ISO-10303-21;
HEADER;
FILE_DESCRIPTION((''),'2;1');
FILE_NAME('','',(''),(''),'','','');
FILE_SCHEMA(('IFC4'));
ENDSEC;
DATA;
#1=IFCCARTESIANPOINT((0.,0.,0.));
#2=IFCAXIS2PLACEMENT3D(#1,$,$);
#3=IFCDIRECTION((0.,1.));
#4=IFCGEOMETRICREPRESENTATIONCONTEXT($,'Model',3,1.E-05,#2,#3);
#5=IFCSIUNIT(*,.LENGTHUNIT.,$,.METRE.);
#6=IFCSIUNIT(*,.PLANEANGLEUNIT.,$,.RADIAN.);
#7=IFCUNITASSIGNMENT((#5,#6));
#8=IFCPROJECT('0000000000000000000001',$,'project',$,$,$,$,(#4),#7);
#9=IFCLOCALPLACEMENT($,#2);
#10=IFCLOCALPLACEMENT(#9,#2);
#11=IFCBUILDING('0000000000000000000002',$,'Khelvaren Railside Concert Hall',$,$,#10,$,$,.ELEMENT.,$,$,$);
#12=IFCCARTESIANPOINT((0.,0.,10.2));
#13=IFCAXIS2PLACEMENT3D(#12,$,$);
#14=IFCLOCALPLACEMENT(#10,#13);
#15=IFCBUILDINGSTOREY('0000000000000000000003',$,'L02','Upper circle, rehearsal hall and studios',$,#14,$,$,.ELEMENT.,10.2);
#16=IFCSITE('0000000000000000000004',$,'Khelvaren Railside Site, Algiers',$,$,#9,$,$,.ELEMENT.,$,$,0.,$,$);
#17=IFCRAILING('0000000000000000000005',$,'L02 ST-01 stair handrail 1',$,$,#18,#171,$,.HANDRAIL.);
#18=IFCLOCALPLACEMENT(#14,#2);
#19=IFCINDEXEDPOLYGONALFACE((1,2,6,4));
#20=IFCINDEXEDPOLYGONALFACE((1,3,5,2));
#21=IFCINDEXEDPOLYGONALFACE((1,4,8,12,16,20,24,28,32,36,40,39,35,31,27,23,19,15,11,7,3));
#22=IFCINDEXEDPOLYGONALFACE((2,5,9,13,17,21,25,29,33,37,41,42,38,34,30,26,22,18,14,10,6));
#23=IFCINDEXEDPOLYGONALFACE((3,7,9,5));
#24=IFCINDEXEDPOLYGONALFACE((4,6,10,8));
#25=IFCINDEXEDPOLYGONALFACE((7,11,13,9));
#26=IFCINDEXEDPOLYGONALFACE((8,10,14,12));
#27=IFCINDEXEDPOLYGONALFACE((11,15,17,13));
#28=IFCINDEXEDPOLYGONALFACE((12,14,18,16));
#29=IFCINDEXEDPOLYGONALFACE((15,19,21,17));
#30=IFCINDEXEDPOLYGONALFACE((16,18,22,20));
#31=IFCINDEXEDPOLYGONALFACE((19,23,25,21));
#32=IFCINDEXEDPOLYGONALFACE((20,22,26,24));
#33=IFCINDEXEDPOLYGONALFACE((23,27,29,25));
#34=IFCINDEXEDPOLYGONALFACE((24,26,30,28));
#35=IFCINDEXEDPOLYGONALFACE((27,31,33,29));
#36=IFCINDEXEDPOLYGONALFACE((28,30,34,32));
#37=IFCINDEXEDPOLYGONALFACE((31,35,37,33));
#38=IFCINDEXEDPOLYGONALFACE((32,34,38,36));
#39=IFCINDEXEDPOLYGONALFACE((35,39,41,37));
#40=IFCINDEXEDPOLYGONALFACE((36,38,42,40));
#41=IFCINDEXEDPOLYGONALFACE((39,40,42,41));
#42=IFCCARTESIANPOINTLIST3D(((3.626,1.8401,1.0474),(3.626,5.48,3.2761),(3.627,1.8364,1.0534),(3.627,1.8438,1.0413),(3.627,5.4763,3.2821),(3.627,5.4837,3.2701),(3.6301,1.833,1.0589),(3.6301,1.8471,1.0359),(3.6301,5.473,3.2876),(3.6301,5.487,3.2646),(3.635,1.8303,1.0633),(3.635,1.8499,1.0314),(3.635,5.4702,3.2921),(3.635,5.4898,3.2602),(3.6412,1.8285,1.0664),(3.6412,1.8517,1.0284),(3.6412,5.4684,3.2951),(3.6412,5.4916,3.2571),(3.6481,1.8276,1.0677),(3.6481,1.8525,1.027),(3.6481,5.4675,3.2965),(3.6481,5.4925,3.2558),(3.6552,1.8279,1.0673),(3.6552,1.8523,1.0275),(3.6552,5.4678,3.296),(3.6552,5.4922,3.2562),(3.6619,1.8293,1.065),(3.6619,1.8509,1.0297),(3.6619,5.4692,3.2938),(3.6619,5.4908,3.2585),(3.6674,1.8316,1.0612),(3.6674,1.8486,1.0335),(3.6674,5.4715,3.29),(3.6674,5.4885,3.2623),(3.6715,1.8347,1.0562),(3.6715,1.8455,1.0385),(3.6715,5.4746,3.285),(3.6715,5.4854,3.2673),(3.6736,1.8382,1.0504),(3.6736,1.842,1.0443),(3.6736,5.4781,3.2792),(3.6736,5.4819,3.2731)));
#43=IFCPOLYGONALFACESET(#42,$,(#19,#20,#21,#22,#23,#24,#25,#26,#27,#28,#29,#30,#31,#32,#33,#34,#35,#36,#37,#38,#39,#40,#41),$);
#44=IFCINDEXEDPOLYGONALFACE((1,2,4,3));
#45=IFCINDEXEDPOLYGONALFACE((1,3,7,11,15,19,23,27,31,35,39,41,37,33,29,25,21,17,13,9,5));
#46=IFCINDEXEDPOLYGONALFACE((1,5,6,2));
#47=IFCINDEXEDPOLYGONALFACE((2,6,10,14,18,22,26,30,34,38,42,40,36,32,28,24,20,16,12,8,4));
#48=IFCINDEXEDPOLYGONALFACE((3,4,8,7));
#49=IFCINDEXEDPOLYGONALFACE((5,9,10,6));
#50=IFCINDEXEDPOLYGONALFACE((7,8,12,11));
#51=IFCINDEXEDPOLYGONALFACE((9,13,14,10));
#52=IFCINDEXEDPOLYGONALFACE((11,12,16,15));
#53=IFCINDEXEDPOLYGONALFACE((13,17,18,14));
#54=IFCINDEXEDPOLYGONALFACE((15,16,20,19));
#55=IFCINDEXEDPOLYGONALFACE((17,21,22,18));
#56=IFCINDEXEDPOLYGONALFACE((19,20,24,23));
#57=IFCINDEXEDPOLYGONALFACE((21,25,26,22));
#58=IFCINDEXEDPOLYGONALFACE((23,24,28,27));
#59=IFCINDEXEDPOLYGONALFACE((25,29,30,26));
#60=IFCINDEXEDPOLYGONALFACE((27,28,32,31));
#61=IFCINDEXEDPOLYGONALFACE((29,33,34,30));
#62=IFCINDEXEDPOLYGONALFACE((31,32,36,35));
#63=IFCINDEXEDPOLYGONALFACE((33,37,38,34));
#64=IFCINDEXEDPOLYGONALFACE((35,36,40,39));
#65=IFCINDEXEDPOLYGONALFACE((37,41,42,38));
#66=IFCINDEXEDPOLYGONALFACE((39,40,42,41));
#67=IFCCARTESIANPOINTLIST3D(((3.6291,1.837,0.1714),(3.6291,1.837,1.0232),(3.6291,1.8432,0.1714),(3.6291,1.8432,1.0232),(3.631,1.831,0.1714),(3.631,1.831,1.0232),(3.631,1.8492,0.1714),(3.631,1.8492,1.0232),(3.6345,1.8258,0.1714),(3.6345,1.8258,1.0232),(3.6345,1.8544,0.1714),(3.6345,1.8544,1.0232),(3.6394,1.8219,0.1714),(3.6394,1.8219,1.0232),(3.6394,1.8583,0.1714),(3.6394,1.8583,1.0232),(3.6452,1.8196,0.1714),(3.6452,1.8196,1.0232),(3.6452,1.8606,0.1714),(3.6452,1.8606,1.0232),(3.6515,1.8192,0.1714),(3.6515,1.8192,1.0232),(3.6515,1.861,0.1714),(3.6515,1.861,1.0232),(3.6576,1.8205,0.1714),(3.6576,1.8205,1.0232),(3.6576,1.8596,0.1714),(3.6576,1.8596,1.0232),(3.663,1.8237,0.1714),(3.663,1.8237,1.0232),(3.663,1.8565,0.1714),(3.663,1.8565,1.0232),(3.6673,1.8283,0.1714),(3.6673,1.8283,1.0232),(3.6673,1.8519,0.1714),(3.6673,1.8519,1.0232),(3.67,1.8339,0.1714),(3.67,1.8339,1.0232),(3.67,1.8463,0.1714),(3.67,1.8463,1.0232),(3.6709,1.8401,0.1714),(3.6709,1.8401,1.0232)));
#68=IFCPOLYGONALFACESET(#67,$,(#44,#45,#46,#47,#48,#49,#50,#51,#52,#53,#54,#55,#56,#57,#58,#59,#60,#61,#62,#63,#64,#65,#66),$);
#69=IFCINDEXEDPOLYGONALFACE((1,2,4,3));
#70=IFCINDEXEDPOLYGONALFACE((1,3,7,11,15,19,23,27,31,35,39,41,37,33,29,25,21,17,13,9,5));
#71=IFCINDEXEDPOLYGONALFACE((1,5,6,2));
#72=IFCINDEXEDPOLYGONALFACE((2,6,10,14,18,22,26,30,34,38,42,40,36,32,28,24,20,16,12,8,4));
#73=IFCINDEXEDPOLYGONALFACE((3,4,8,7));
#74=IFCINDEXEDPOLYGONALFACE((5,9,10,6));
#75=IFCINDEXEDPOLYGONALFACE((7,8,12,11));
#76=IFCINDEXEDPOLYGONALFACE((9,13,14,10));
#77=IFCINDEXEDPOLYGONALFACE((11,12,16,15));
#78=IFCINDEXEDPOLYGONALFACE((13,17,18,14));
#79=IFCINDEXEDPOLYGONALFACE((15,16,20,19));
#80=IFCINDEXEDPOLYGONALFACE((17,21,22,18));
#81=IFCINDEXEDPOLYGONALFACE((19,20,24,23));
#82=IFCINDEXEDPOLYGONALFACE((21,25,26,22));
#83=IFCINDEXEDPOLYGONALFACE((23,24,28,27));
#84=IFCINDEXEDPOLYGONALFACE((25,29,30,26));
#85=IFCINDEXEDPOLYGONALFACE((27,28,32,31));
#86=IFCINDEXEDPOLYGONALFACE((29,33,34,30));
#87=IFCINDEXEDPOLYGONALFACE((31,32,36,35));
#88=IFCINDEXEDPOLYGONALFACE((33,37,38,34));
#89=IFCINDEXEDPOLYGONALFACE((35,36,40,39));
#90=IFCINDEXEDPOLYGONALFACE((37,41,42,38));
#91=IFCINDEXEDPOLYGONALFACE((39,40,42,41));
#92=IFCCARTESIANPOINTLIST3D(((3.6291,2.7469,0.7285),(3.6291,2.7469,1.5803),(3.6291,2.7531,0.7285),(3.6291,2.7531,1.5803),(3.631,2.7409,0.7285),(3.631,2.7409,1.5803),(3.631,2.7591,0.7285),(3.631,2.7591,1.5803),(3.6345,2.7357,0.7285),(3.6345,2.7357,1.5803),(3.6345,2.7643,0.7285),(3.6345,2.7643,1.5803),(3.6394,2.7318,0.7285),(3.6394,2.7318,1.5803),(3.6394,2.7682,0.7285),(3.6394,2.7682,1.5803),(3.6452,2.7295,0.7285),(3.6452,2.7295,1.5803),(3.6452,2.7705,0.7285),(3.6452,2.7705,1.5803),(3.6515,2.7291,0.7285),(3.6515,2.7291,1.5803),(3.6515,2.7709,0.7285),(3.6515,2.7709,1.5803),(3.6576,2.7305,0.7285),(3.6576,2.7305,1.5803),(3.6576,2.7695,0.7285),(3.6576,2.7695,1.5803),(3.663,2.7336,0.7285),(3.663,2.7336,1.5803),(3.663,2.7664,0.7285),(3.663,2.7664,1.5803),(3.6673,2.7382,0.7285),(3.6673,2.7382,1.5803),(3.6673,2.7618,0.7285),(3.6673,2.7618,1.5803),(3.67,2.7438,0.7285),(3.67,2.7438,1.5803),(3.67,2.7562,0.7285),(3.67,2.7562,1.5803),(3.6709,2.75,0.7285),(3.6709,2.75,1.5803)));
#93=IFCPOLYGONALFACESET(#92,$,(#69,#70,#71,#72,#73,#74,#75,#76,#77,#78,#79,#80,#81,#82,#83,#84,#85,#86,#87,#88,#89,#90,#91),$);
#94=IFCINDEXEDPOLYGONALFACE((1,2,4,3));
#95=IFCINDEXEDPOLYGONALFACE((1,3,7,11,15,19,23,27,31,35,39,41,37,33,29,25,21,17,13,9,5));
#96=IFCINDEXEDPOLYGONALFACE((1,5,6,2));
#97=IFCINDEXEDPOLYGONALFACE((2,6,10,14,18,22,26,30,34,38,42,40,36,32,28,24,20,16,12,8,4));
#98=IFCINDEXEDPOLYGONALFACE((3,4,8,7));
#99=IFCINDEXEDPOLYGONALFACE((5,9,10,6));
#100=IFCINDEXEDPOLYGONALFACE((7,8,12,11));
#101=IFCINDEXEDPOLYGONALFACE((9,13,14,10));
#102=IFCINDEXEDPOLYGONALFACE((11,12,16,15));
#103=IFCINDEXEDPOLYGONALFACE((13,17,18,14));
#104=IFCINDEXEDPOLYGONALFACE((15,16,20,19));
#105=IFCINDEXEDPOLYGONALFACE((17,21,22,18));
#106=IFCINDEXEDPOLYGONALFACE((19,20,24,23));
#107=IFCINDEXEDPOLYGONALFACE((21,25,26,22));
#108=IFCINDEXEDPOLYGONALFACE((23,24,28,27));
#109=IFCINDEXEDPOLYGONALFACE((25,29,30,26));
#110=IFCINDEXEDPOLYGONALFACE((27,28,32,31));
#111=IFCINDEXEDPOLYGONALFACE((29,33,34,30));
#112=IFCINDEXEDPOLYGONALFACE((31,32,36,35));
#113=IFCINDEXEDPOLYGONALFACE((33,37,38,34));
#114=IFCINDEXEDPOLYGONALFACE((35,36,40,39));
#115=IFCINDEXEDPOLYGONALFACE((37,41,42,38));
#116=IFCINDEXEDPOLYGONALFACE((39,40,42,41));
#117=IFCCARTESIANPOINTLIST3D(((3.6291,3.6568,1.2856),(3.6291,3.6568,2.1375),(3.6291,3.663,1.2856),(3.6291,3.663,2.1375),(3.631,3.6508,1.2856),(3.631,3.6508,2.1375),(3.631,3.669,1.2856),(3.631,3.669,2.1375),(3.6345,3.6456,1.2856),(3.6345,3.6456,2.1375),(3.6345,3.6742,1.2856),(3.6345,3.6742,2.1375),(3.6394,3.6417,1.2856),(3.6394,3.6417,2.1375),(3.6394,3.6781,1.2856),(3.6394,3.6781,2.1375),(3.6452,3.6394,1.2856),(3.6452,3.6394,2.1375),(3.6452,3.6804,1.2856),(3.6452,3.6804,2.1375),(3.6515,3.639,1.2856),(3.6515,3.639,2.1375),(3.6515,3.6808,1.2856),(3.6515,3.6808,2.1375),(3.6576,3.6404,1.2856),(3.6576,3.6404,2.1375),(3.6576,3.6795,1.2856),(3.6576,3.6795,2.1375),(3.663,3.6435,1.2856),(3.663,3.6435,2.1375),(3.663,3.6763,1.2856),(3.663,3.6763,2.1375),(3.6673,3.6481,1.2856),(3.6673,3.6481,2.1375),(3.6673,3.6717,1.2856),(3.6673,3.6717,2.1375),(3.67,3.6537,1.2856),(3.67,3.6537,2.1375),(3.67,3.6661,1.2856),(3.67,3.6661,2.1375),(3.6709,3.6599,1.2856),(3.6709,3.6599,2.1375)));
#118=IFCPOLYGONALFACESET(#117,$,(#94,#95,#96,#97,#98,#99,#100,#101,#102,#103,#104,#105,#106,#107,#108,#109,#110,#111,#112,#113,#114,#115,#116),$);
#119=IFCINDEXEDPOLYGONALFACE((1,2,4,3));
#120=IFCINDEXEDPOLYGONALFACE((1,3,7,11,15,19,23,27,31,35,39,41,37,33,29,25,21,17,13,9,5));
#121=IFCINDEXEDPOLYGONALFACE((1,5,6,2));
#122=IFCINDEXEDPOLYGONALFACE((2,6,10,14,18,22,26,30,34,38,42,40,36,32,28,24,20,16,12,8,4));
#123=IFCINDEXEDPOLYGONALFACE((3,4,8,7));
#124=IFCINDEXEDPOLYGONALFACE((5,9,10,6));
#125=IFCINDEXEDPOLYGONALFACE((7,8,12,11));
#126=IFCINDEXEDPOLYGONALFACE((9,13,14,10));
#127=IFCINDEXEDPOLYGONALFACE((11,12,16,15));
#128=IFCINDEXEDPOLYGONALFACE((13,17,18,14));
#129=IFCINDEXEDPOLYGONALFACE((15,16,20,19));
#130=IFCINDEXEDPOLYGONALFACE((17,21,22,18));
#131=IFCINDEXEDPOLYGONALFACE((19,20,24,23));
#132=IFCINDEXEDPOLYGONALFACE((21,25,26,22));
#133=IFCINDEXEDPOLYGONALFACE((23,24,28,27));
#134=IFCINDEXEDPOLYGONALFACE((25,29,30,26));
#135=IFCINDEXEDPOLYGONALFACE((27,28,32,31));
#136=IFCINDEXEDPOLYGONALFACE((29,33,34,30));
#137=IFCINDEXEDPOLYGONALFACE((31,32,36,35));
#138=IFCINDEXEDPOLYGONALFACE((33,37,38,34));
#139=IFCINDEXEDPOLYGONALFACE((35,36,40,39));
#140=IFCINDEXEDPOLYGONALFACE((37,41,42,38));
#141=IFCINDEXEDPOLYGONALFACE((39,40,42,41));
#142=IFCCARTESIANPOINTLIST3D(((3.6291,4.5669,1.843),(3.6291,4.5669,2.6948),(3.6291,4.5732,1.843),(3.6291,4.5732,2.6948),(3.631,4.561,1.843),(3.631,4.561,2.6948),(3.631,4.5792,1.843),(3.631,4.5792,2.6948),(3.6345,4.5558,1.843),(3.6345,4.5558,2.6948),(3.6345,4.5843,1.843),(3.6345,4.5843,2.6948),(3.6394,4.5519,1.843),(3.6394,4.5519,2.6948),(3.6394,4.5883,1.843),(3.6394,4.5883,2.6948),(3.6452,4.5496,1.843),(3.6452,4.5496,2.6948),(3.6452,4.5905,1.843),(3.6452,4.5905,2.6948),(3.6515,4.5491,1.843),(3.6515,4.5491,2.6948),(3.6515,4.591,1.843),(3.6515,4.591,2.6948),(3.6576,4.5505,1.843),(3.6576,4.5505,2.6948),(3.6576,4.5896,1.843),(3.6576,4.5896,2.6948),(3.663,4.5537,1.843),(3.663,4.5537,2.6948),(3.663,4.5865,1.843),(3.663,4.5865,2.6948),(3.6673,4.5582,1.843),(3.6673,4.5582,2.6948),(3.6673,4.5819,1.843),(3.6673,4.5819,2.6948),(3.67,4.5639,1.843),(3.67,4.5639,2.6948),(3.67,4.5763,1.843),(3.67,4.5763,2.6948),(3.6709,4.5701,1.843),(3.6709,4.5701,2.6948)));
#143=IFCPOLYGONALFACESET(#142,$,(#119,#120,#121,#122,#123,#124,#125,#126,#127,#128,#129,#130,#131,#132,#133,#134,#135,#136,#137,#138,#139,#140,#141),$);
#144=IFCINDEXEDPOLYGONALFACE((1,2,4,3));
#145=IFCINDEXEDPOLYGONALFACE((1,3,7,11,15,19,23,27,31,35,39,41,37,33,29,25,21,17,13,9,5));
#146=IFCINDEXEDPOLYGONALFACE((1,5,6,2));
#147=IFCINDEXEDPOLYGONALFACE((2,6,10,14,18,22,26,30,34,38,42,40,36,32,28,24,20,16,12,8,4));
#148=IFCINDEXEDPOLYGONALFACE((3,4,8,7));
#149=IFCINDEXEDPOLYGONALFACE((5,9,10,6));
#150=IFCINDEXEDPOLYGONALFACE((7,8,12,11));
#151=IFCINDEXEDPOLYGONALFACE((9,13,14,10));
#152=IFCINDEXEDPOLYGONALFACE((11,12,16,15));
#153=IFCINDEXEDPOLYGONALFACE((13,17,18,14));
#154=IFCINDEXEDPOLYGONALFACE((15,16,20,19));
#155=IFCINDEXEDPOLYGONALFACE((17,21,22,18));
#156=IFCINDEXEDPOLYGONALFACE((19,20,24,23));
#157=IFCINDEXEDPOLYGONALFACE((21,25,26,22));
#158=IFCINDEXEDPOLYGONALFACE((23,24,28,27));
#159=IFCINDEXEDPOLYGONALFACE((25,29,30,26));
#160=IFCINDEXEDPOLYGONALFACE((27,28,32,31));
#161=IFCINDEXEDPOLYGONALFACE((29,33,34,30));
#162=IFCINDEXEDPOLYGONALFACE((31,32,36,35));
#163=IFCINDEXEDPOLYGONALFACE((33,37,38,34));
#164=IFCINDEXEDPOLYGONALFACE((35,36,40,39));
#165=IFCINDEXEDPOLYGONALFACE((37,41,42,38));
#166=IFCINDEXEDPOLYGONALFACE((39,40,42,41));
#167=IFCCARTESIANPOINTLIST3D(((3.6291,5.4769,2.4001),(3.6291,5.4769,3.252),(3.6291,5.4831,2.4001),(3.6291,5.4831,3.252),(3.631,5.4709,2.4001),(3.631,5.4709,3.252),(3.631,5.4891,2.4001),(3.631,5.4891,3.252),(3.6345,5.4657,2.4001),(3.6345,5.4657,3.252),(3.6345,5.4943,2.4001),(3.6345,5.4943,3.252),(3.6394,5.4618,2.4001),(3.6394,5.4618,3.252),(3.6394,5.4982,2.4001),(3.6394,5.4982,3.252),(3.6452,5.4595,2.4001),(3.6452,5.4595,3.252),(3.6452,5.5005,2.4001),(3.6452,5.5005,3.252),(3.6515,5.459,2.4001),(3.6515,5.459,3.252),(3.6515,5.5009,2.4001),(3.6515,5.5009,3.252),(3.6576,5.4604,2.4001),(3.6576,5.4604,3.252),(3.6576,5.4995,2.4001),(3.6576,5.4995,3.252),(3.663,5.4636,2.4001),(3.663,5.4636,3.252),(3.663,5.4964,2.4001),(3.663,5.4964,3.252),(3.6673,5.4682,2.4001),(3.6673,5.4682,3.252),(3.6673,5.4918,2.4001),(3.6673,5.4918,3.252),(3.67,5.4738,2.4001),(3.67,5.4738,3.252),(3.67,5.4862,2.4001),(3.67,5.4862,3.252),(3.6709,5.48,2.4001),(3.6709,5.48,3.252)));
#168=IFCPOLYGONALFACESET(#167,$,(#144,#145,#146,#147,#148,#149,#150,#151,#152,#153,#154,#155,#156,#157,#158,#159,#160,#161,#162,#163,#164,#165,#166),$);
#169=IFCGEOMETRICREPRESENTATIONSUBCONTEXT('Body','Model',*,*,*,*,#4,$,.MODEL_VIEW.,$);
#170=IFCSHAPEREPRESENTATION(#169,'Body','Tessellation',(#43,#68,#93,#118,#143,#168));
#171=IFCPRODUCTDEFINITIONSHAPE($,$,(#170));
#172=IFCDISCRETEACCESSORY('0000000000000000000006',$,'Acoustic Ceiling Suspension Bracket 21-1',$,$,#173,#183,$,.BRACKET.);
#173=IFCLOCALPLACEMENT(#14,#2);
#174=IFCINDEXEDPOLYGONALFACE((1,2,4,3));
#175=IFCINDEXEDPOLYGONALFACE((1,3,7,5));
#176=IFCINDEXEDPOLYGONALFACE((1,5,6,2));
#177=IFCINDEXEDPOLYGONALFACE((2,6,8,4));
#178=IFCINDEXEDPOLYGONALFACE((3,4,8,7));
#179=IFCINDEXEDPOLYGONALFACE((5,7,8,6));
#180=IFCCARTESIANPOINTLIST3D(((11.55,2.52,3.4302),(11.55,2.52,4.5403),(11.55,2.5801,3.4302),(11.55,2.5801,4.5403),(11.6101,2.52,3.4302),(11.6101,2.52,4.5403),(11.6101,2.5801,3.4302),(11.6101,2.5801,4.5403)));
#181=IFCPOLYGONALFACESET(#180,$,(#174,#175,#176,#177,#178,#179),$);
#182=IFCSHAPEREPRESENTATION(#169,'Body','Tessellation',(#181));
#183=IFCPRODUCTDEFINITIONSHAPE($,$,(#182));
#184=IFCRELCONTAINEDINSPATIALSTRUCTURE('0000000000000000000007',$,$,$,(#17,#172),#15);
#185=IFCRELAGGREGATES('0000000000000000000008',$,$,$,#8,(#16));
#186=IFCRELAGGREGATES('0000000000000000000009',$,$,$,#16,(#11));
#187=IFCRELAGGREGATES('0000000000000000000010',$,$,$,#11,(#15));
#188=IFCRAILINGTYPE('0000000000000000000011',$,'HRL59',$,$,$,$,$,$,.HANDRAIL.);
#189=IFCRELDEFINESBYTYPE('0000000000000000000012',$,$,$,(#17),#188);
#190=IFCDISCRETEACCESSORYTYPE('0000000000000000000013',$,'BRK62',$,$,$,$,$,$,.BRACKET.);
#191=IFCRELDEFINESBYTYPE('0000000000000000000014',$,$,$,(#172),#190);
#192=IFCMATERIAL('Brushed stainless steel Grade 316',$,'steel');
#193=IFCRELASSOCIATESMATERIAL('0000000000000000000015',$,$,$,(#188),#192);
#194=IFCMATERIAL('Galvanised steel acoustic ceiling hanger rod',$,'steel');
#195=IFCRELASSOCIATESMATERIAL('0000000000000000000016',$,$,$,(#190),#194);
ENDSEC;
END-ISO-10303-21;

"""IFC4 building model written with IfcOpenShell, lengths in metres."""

from ifc_helpers import new_model, si_unit, direction, frame, origin, origin_2d, place, context, subcontext, project, spatial, rectangle, circle, extrude, material, type_object, element, save


model = new_model("IFC4")

# Units and contexts
model_context = context("Model", 3, precision=1e-05, world=origin(), true_north=direction((0.0, 1.0)))
body_context = subcontext(model_context, "Body", "Model", "MODEL_VIEW")
ifc_project = project(units=[si_unit("LENGTHUNIT", "METRE"), si_unit("PLANEANGLEUNIT", "RADIAN")], contexts=[model_context])

# Site, building, storey
site_placement = place(None, origin())
site = spatial("IfcSite", under=ifc_project, at=site_placement, Name="Khelvaren Railside Site, Algiers", CompositionType="ELEMENT", RefElevation=0.0)
building_placement = place(site_placement, origin())
building = spatial("IfcBuilding", under=site, at=building_placement, Name="Khelvaren Railside Concert Hall", CompositionType="ELEMENT")
storey_placement = place(building_placement, frame((0.0, 0.0, 10.2)))
storey = spatial("IfcBuildingStorey", under=building, at=storey_placement, Name="L02", Description="Upper circle, rehearsal hall and studios", CompositionType="ELEMENT", Elevation=10.2)

# Railing
ifc_material_1 = material(Name="Brushed stainless steel Grade 316", Category="steel")
railing_type_1 = type_object("IfcRailingType", Name="HRL59", PredefinedType="HANDRAIL", material=ifc_material_1)
railing_1_placement = place(storey_placement, frame((3.6499, 1.8401, 0.1714)))
element("IfcRailing", 1, at=railing_1_placement, inside=storey, type_object=railing_type_1, Name="L02 ST-01 stair handrail 1", PredefinedType="HANDRAIL", context=body_context, shape_type="SweptSolid", body=[
    extrude(circle(Radius=0.0239, at=origin_2d()), frame((0.0, 0.0, 0.876), z_axis=(0.0, 0.852825, 0.522197), x_axis=(-1.0, 0.0, 0.0)), (0.0, 0.0, 1.0), 4.2681),
    extrude(circle(Radius=0.021, at=origin_2d()), origin(), (0.0, 0.0, 1.0), 0.8518),
    extrude(circle(Radius=0.021, at=origin_2d()), frame((0.0, 0.9099, 0.5571)), (0.0, 0.0, 1.0), 0.8518),
    extrude(circle(Radius=0.021, at=origin_2d()), frame((0.0, 1.8198, 1.1143)), (0.0, 0.0, 1.0), 0.8518),
    extrude(circle(Radius=0.021, at=origin_2d()), frame((0.0, 2.73, 1.6716)), (0.0, 0.0, 1.0), 0.8518),
    extrude(circle(Radius=0.021, at=origin_2d()), frame((0.0, 3.6399, 2.2288)), (0.0, 0.0, 1.0), 0.8518),
])

# Discrete accessory
ifc_material_2 = material(Name="Galvanised steel acoustic ceiling hanger rod", Category="steel")
discrete_accessory_type = type_object("IfcDiscreteAccessoryType", Name="BRK62", PredefinedType="BRACKET", material=ifc_material_2)
discrete_accessory_placement = place(storey_placement, frame((11.5801, 2.55, 3.4302), z_axis=(0.0, 0.0, 1.0), x_axis=(1.0, 0.0, 0.0)))
element("IfcDiscreteAccessory", 2, at=discrete_accessory_placement, inside=storey, type_object=discrete_accessory_type, Name="Acoustic Ceiling Suspension Bracket 21-1", PredefinedType="BRACKET", context=body_context, shape_type="SweptSolid", body=[
    extrude(rectangle(XDim=0.0601, YDim=0.0601, at=origin_2d()), origin(), (0.0, 0.0, 1.0), 1.1101),
])

save(model, "model.ifc")
